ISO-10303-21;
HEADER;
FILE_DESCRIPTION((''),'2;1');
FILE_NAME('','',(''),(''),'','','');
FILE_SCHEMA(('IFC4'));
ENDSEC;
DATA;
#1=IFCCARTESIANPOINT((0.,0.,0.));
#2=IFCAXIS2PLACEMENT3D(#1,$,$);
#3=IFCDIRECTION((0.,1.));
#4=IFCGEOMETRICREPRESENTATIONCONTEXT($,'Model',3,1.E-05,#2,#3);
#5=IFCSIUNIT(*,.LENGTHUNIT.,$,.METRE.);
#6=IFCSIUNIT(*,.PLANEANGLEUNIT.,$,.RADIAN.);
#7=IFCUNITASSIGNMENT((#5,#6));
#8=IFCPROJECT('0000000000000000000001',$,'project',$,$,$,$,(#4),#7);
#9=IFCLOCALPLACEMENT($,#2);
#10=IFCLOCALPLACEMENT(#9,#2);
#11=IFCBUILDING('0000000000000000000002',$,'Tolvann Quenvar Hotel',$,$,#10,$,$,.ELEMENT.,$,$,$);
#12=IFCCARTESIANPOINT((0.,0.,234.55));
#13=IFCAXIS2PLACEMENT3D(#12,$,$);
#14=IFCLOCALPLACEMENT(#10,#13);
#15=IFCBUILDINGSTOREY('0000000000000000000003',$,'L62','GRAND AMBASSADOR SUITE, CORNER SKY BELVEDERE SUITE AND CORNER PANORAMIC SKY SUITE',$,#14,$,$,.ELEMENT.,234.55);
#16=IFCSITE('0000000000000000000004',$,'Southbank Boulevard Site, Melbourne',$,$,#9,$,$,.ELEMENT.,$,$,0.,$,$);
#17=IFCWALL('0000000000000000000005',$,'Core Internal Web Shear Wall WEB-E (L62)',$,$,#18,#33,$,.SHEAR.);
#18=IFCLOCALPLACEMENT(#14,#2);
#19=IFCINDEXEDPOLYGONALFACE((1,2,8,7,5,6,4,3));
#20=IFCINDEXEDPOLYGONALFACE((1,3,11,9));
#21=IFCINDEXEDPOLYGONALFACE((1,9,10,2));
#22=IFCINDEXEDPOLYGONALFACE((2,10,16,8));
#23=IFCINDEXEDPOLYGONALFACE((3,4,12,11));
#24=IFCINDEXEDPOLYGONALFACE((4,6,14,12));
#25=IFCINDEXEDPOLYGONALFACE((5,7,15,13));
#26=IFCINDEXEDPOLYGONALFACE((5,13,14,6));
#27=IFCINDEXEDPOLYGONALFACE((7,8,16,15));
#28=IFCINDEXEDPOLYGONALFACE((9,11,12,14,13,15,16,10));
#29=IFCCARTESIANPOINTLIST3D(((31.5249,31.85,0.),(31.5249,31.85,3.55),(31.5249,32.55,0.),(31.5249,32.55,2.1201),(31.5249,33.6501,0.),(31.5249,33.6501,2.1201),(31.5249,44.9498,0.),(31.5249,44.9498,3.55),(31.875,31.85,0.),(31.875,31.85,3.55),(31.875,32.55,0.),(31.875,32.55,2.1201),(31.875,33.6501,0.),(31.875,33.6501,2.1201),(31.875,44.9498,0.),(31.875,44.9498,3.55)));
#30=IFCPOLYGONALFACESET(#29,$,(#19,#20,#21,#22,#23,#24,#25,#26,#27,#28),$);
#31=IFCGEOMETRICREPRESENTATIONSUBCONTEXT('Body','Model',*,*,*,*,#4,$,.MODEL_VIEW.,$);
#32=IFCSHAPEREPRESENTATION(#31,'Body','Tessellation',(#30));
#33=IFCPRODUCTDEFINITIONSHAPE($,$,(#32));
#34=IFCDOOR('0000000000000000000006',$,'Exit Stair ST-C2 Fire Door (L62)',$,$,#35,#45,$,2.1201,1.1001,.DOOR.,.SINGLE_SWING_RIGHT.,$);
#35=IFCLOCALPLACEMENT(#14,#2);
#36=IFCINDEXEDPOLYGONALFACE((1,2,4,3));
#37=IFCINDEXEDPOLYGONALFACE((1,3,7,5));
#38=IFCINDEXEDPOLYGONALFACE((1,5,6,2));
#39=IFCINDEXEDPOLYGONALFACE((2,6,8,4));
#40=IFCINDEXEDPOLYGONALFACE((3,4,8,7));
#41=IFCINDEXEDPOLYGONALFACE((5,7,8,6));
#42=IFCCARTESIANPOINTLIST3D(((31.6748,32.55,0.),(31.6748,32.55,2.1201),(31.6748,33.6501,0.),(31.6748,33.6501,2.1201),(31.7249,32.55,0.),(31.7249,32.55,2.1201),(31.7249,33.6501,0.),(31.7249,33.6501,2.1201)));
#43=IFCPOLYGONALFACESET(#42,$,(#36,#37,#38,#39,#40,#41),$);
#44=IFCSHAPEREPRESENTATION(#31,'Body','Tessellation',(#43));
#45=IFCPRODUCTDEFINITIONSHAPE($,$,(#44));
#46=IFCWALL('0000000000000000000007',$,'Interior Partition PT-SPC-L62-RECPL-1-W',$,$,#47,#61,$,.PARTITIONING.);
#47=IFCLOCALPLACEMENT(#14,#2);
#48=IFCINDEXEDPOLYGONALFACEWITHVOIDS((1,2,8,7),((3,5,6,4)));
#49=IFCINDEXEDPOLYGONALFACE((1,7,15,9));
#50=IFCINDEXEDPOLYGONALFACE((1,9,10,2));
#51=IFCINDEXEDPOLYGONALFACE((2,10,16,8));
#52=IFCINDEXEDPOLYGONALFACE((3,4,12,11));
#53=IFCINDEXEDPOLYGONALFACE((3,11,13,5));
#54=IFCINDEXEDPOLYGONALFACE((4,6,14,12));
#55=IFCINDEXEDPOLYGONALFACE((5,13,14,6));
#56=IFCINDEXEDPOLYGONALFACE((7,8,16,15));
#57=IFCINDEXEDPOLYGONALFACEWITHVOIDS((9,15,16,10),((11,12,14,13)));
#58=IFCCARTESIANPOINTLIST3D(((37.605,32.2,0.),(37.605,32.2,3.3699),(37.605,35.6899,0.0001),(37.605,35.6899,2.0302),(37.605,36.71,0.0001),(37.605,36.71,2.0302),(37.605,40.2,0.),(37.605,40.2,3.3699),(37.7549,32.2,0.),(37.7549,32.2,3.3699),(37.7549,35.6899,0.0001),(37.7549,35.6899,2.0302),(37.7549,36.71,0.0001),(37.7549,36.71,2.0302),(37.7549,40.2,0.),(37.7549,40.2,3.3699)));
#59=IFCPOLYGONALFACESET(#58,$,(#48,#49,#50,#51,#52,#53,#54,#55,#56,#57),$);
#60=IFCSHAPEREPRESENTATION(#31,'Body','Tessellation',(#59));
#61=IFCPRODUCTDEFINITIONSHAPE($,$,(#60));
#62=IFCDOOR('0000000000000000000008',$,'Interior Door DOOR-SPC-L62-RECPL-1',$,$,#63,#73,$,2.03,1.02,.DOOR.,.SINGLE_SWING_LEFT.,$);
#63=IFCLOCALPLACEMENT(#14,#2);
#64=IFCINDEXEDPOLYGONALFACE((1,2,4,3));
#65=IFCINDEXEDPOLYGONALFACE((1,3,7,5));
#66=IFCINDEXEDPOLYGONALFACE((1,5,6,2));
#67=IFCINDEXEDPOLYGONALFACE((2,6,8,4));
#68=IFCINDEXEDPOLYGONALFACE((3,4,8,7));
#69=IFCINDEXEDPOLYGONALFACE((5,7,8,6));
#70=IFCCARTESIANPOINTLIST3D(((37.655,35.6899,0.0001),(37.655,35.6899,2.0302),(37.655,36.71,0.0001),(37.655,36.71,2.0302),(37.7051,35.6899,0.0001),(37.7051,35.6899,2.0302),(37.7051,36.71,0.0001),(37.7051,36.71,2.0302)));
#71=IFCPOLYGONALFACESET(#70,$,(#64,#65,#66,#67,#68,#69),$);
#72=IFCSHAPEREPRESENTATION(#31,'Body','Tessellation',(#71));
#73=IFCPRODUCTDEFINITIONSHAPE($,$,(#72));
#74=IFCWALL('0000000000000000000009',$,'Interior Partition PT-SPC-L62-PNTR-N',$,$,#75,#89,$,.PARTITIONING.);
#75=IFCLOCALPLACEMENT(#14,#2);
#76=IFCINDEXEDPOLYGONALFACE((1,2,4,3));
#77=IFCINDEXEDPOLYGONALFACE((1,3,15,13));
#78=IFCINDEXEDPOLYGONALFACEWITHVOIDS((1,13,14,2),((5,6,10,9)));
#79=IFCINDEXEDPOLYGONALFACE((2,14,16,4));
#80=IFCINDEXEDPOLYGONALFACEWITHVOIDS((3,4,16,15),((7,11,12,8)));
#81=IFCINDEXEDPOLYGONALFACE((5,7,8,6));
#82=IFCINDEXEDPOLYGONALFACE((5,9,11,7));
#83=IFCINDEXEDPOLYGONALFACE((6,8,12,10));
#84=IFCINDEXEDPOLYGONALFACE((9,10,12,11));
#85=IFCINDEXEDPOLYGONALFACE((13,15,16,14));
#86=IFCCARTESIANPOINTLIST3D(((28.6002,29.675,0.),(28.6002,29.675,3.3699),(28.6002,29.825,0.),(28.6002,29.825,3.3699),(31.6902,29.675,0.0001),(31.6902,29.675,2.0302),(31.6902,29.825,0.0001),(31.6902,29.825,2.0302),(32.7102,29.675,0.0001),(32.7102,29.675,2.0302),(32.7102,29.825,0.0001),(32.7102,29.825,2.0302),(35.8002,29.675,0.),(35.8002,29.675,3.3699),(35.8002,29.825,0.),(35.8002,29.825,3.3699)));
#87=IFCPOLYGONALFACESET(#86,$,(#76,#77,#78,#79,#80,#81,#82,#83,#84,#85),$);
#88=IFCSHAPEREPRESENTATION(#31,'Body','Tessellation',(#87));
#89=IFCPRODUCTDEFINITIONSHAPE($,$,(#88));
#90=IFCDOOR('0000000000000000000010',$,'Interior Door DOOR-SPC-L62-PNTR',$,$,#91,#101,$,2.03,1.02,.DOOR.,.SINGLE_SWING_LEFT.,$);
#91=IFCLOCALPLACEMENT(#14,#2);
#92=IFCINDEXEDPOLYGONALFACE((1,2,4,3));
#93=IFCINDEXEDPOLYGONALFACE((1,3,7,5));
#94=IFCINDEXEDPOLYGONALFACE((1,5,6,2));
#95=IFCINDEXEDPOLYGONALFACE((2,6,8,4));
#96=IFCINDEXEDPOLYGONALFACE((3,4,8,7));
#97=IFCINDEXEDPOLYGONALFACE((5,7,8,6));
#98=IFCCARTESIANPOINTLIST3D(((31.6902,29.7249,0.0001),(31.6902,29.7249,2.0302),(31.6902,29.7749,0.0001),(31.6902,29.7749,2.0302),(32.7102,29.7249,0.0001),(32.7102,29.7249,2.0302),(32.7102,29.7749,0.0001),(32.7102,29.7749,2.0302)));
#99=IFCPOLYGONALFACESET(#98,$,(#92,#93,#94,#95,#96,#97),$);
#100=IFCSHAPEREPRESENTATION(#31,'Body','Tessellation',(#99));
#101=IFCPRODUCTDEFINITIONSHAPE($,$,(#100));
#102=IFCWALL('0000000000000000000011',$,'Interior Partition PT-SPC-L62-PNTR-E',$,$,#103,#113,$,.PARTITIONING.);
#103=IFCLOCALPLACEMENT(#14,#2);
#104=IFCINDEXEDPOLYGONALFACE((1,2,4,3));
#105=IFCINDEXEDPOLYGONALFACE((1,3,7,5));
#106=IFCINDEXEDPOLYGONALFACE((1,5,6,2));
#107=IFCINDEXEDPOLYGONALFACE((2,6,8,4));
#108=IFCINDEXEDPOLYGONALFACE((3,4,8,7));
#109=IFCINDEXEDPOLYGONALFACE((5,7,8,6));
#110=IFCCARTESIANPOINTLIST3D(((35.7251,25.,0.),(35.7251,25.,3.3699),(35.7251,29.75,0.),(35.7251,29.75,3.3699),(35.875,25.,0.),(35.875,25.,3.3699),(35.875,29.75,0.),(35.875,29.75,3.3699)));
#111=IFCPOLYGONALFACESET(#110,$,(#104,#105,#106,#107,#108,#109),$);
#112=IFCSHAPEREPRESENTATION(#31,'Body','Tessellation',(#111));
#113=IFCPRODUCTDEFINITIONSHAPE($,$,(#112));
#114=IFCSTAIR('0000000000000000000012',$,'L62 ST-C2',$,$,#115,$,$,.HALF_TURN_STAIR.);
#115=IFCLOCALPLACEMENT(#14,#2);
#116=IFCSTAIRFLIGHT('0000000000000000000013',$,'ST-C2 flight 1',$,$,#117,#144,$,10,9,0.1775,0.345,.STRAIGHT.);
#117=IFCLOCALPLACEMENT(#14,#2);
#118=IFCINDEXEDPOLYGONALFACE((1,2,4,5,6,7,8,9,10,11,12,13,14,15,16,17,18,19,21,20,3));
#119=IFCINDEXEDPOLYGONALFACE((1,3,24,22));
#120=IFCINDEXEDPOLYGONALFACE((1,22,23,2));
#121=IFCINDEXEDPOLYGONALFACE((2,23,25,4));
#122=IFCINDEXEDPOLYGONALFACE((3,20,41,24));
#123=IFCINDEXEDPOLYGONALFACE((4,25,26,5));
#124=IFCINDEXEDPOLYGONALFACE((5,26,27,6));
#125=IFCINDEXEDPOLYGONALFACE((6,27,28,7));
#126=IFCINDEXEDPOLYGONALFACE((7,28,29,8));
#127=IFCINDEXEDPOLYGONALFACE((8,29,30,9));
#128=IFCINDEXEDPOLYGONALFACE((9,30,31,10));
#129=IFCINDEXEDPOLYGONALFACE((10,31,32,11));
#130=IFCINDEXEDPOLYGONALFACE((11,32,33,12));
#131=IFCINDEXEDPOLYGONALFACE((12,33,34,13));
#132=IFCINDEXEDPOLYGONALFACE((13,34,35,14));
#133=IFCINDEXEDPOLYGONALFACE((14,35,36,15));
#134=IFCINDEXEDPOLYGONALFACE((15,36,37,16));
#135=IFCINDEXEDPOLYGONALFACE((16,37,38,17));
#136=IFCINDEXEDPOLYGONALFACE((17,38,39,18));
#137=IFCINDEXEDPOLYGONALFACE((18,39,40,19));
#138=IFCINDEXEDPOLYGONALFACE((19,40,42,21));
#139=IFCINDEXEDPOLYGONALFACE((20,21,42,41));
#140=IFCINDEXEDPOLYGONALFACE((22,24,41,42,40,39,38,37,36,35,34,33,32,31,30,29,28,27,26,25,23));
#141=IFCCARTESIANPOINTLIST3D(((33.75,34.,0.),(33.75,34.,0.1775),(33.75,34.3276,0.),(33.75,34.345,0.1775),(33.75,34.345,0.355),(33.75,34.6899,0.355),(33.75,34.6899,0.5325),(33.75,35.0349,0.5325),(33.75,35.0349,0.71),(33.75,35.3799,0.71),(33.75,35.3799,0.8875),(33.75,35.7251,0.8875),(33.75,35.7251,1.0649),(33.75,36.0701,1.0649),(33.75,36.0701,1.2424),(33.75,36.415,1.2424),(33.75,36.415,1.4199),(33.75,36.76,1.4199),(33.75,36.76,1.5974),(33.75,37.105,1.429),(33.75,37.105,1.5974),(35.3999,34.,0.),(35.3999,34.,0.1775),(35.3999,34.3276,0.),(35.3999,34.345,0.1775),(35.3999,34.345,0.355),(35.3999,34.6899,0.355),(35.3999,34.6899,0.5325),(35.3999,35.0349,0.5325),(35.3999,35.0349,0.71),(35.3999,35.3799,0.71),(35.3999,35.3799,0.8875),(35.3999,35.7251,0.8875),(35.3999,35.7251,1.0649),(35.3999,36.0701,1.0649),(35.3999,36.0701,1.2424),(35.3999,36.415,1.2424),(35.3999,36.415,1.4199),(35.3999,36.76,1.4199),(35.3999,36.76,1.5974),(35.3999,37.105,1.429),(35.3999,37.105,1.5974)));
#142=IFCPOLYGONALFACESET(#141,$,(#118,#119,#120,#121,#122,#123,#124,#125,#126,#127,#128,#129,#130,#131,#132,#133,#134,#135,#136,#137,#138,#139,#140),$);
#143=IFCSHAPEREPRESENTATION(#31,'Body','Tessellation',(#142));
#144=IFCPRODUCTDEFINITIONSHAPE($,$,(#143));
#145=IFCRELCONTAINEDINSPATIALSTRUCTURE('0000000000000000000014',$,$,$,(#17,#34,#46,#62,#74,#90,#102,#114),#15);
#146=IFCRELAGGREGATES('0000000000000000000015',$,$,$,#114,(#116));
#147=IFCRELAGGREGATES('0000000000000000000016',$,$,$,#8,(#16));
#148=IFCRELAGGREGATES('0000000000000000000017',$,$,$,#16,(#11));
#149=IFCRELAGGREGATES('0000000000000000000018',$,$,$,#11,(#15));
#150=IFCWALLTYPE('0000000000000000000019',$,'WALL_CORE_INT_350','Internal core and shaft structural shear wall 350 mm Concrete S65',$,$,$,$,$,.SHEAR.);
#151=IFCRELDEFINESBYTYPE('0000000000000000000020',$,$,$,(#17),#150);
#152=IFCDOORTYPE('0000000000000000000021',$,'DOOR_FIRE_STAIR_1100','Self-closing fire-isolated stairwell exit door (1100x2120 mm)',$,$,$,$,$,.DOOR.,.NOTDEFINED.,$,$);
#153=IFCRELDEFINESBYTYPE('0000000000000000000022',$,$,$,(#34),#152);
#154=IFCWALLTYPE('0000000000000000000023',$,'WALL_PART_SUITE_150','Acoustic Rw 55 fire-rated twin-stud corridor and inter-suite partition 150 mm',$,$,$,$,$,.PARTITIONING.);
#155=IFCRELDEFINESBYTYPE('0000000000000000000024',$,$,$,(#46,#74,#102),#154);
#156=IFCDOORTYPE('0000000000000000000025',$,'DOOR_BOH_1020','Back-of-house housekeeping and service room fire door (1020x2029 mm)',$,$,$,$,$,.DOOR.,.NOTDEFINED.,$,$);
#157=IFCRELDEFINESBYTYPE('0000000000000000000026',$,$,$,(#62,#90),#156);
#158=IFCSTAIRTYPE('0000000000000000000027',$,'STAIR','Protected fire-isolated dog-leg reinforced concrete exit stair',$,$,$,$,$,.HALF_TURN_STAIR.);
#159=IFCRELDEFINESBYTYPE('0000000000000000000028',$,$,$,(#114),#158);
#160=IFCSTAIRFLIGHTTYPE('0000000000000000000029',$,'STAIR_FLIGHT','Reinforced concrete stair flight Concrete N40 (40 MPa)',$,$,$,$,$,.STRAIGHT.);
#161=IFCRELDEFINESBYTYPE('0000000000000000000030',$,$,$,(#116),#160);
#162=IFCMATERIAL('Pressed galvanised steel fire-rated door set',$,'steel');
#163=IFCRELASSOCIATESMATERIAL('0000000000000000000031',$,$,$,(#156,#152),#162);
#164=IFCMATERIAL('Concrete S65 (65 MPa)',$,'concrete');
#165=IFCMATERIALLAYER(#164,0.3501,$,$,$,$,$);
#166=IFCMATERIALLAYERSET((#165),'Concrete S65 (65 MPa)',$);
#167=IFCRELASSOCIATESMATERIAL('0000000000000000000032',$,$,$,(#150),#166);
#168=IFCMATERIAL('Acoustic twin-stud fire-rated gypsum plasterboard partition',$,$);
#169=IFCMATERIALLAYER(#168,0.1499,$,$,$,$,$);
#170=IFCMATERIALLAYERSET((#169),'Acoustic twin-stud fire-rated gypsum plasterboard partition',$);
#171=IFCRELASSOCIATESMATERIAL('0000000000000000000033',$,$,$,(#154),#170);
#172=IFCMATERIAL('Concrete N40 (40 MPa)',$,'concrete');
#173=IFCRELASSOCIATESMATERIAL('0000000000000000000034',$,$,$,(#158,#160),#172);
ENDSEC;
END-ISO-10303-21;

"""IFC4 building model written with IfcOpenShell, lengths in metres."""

from ifc_helpers import new_model, si_unit, direction, frame, frame_2d, origin, place, context, subcontext, project, spatial, polyline, rectangle, outline, extrude, source, transform, mapped, material, layer, layer_set, type_object, type_shapes, element, fill, aggregate, save


model = new_model("IFC4")

# Units and contexts
model_context = context("Model", 3, precision=1e-05, world=origin(), true_north=direction((0.0, 1.0)))
body_context = subcontext(model_context, "Body", "Model", "MODEL_VIEW")
ifc_project = project(units=[si_unit("LENGTHUNIT", "METRE"), si_unit("PLANEANGLEUNIT", "RADIAN")], contexts=[model_context])

# Site, building, storey
site_placement = place(None, origin())
site = spatial("IfcSite", under=ifc_project, at=site_placement, Name="Southbank Boulevard Site, Melbourne", CompositionType="ELEMENT", RefElevation=0.0)
building_placement = place(site_placement, origin())
building = spatial("IfcBuilding", under=site, at=building_placement, Name="Tolvann Quenvar Hotel", CompositionType="ELEMENT")
storey_placement = place(building_placement, frame((0.0, 0.0, 234.55)))
storey = spatial("IfcBuildingStorey", under=building, at=storey_placement, Name="L62", Description="GRAND AMBASSADOR SUITE, CORNER SKY BELVEDERE SUITE AND CORNER PANORAMIC SKY SUITE", CompositionType="ELEMENT", Elevation=234.55)

# Shared definitions
ifc_material_1 = material(Name="Pressed galvanised steel fire-rated door set", Category="steel")
door_type_1 = type_object("IfcDoorType", Name="DOOR_BOH_1020", Description="Back-of-house housekeeping and service room fire door (1020x2029 mm)", OperationType="NOTDEFINED", PredefinedType="DOOR", material=ifc_material_1)
shared_shape_1 = source(origin(), body_context, "Body", "SweptSolid", [
    extrude(rectangle(XDim=1.02, YDim=2.03, at=frame_2d((0.51, 1.0151))), frame((0.0, 0.0249, 0.0), z_axis=(0.0, -1.0, 0.0), x_axis=(1.0, 0.0, 0.0)), (0.0, 0.0, 1.0), 0.05),
])
type_shapes(door_type_1, [shared_shape_1])

# Walls, openings, doors
ifc_material_2 = material(Name="Concrete S65 (65 MPa)", Category="concrete")
ifc_layer_1 = layer(ifc_material_2, 0.3501)
ifc_layer_set_1 = layer_set([ifc_layer_1], Name="Concrete S65 (65 MPa)")
wall_type_1 = type_object("IfcWallType", Name="WALL_CORE_INT_350", Description="Internal core and shaft structural shear wall 350 mm Concrete S65", PredefinedType="SHEAR", material=ifc_layer_set_1)
wall_1_placement = place(storey_placement, frame((31.7, 31.8501, 0.0), z_axis=(0.0, 0.0, 1.0), x_axis=(0.0, 1.0, 0.0)))
wall_1 = element("IfcWall", 1, at=wall_1_placement, inside=storey, type_object=wall_type_1, Name="Core Internal Web Shear Wall WEB-E (L62)", PredefinedType="SHEAR", context=body_context, shape_type="SweptSolid", body=[
    extrude(rectangle(XDim=13.0999, YDim=0.3501, at=frame_2d((6.5498, 0.0))), origin(), (0.0, 0.0, 1.0), 3.55),
])
opening_1_placement = place(wall_1_placement, frame((1.8, 0.0, 0.0), z_axis=(0.0, 0.0, 1.0), x_axis=(-1.0, 0.0, 0.0)))
opening_1 = element("IfcOpeningElement", 2, at=opening_1_placement, cuts=wall_1, PredefinedType="OPENING", context=body_context, shape_type="SweptSolid", body=[
    extrude(rectangle(XDim=1.1001, YDim=2.1201, at=frame_2d((0.55, 1.0601))), frame((0.0, 0.1851, 0.0), z_axis=(0.0, -1.0, 0.0), x_axis=(1.0, 0.0, 0.0)), (0.0, 0.0, 1.0), 0.3701),
])
door_type_2 = type_object("IfcDoorType", Name="DOOR_FIRE_STAIR_1100", Description="Self-closing fire-isolated stairwell exit door (1100x2120 mm)", OperationType="NOTDEFINED", PredefinedType="DOOR", material=ifc_material_1)
shared_shape_2 = source(origin(), body_context, "Body", "SweptSolid", [
    extrude(rectangle(XDim=1.1001, YDim=2.1201, at=frame_2d((0.55, 1.0601))), frame((0.0, 0.0249, 0.0), z_axis=(0.0, -1.0, 0.0), x_axis=(1.0, 0.0, 0.0)), (0.0, 0.0, 1.0), 0.05),
])
type_shapes(door_type_2, [shared_shape_2])
door_1_placement = place(opening_1_placement, origin())
door_1 = element("IfcDoor", 3, at=door_1_placement, inside=storey, type_object=door_type_2, Name="Exit Stair ST-C2 Fire Door (L62)", OperationType="SINGLE_SWING_RIGHT", OverallHeight=2.1201, OverallWidth=1.1001, PredefinedType="DOOR", context=body_context, shape_type="MappedRepresentation", body=[
    mapped(shared_shape_2, transform((0.0, 0.0, 0.0), x_axis=(1.0, 0.0, 0.0), y_axis=(0.0, 1.0, 0.0), z_axis=(0.0, 0.0, 1.0), scale=1.0)),
])
fill(opening_1, door_1)
ifc_material_3 = material(Name="Acoustic twin-stud fire-rated gypsum plasterboard partition")
ifc_layer_2 = layer(ifc_material_3, 0.1499)
ifc_layer_set_2 = layer_set([ifc_layer_2], Name="Acoustic twin-stud fire-rated gypsum plasterboard partition")
wall_type_2 = type_object("IfcWallType", Name="WALL_PART_SUITE_150", Description="Acoustic Rw 55 fire-rated twin-stud corridor and inter-suite partition 150 mm", PredefinedType="PARTITIONING", material=ifc_layer_set_2)
wall_2_placement = place(storey_placement, frame((37.6799, 32.2, 0.0), z_axis=(0.0, 0.0, 1.0), x_axis=(0.0, 1.0, 0.0)))
wall_2 = element("IfcWall", 4, at=wall_2_placement, inside=storey, type_object=wall_type_2, Name="Interior Partition PT-SPC-L62-RECPL-1-W", PredefinedType="PARTITIONING", context=body_context, shape_type="SweptSolid", body=[
    extrude(rectangle(XDim=8.0, YDim=0.1499, at=frame_2d((4.0, 0.0))), origin(), (0.0, 0.0, 1.0), 3.3699),
])
opening_2_placement = place(wall_2_placement, frame((3.49, 0.0, 0.0)))
opening_2 = element("IfcOpeningElement", 5, at=opening_2_placement, cuts=wall_2, PredefinedType="OPENING", context=body_context, shape_type="SweptSolid", body=[
    extrude(rectangle(XDim=1.02, YDim=2.03, at=frame_2d((0.51, 1.0151))), frame((0.0, 0.085, 0.0), z_axis=(0.0, -1.0, 0.0), x_axis=(1.0, 0.0, 0.0)), (0.0, 0.0, 1.0), 0.1699),
])
door_2_placement = place(opening_2_placement, origin())
door_2 = element("IfcDoor", 6, at=door_2_placement, inside=storey, type_object=door_type_1, Name="Interior Door DOOR-SPC-L62-RECPL-1", OperationType="SINGLE_SWING_LEFT", OverallHeight=2.03, OverallWidth=1.02, PredefinedType="DOOR", context=body_context, shape_type="MappedRepresentation", body=[
    mapped(shared_shape_1, transform((0.0, 0.0, 0.0), x_axis=(1.0, 0.0, 0.0), y_axis=(0.0, 1.0, 0.0), z_axis=(0.0, 0.0, 1.0), scale=1.0)),
])
fill(opening_2, door_2)
wall_3_placement = place(storey_placement, frame((28.6001, 29.75, 0.0), z_axis=(0.0, 0.0, 1.0), x_axis=(1.0, 0.0, 0.0)))
wall_3 = element("IfcWall", 7, at=wall_3_placement, inside=storey, type_object=wall_type_2, Name="Interior Partition PT-SPC-L62-PNTR-N", PredefinedType="PARTITIONING", context=body_context, shape_type="SweptSolid", body=[
    extrude(rectangle(XDim=7.2, YDim=0.1499, at=frame_2d((3.6001, 0.0))), origin(), (0.0, 0.0, 1.0), 3.3699),
])
opening_3_placement = place(wall_3_placement, frame((3.0901, 0.0, 0.0)))
opening_3 = element("IfcOpeningElement", 8, at=opening_3_placement, cuts=wall_3, PredefinedType="OPENING", context=body_context, shape_type="SweptSolid", body=[
    extrude(rectangle(XDim=1.02, YDim=2.03, at=frame_2d((0.51, 1.0151))), frame((0.0, 0.085, 0.0), z_axis=(0.0, -1.0, 0.0), x_axis=(1.0, 0.0, 0.0)), (0.0, 0.0, 1.0), 0.1699),
])
door_3_placement = place(opening_3_placement, origin())
door_3 = element("IfcDoor", 9, at=door_3_placement, inside=storey, type_object=door_type_1, Name="Interior Door DOOR-SPC-L62-PNTR", OperationType="SINGLE_SWING_LEFT", OverallHeight=2.03, OverallWidth=1.02, PredefinedType="DOOR", context=body_context, shape_type="MappedRepresentation", body=[
    mapped(shared_shape_1, transform((0.0, 0.0, 0.0), x_axis=(1.0, 0.0, 0.0), y_axis=(0.0, 1.0, 0.0), z_axis=(0.0, 0.0, 1.0), scale=1.0)),
])
fill(opening_3, door_3)

# Wall
wall_4_placement = place(storey_placement, frame((35.8, 25.0, 0.0), z_axis=(0.0, 0.0, 1.0), x_axis=(0.0, 1.0, 0.0)))
element("IfcWall", 10, at=wall_4_placement, inside=storey, type_object=wall_type_2, Name="Interior Partition PT-SPC-L62-PNTR-E", PredefinedType="PARTITIONING", context=body_context, shape_type="SweptSolid", body=[
    extrude(rectangle(XDim=4.75, YDim=0.1499, at=frame_2d((2.375, 0.0))), origin(), (0.0, 0.0, 1.0), 3.3699),
])

# Stair, stair flight
ifc_material_4 = material(Name="Concrete N40 (40 MPa)", Category="concrete")
stair_type = type_object("IfcStairType", Name="STAIR", Description="Protected fire-isolated dog-leg reinforced concrete exit stair", PredefinedType="HALF_TURN_STAIR", material=ifc_material_4)
stair_placement = place(storey_placement, origin())
stair = element("IfcStair", 11, at=stair_placement, inside=storey, type_object=stair_type, Name="L62 ST-C2", PredefinedType="HALF_TURN_STAIR")
stair_flight_type = type_object("IfcStairFlightType", Name="STAIR_FLIGHT", Description="Reinforced concrete stair flight Concrete N40 (40 MPa)", PredefinedType="STRAIGHT", material=ifc_material_4)
stair_flight_placement = place(storey_placement, frame((34.575, 34.0, 0.0), z_axis=(0.0, 0.0, 1.0), x_axis=(0.0, 1.0, 0.0)))
stair_flight = element("IfcStairFlight", 12, at=stair_flight_placement, type_object=stair_flight_type, Name="ST-C2 flight 1", NumberOfRisers=10, NumberOfTreads=9, PredefinedType="STRAIGHT", RiserHeight=0.1775, TreadLength=0.345, context=body_context, shape_type="SweptSolid", body=[
    extrude(outline(polyline([(0.0, 0.0), (0.0, 0.1775), (0.345, 0.1775), (0.345, 0.355), (0.6899, 0.355), (0.6899, 0.5325), (1.0349, 0.5325), (1.0349, 0.71), (1.3799, 0.71), (1.3799, 0.8875), (1.7251, 0.8875), (1.7251, 1.0649), (2.0701, 1.0649), (2.0701, 1.2424), (2.415, 1.2424), (2.415, 1.4199), (2.76, 1.4199), (2.76, 1.5974), (3.105, 1.5974), (3.105, 1.7749), (3.105, 1.429), (0.3276, 0.0), (0.0, 0.0)])), frame((0.0, 0.825, 0.0), z_axis=(0.0, -1.0, 0.0), x_axis=(1.0, 0.0, 0.0)), (0.0, 0.0, 1.0), 1.6499),
])
aggregate(stair, [stair_flight])

save(model, "model.ifc")
